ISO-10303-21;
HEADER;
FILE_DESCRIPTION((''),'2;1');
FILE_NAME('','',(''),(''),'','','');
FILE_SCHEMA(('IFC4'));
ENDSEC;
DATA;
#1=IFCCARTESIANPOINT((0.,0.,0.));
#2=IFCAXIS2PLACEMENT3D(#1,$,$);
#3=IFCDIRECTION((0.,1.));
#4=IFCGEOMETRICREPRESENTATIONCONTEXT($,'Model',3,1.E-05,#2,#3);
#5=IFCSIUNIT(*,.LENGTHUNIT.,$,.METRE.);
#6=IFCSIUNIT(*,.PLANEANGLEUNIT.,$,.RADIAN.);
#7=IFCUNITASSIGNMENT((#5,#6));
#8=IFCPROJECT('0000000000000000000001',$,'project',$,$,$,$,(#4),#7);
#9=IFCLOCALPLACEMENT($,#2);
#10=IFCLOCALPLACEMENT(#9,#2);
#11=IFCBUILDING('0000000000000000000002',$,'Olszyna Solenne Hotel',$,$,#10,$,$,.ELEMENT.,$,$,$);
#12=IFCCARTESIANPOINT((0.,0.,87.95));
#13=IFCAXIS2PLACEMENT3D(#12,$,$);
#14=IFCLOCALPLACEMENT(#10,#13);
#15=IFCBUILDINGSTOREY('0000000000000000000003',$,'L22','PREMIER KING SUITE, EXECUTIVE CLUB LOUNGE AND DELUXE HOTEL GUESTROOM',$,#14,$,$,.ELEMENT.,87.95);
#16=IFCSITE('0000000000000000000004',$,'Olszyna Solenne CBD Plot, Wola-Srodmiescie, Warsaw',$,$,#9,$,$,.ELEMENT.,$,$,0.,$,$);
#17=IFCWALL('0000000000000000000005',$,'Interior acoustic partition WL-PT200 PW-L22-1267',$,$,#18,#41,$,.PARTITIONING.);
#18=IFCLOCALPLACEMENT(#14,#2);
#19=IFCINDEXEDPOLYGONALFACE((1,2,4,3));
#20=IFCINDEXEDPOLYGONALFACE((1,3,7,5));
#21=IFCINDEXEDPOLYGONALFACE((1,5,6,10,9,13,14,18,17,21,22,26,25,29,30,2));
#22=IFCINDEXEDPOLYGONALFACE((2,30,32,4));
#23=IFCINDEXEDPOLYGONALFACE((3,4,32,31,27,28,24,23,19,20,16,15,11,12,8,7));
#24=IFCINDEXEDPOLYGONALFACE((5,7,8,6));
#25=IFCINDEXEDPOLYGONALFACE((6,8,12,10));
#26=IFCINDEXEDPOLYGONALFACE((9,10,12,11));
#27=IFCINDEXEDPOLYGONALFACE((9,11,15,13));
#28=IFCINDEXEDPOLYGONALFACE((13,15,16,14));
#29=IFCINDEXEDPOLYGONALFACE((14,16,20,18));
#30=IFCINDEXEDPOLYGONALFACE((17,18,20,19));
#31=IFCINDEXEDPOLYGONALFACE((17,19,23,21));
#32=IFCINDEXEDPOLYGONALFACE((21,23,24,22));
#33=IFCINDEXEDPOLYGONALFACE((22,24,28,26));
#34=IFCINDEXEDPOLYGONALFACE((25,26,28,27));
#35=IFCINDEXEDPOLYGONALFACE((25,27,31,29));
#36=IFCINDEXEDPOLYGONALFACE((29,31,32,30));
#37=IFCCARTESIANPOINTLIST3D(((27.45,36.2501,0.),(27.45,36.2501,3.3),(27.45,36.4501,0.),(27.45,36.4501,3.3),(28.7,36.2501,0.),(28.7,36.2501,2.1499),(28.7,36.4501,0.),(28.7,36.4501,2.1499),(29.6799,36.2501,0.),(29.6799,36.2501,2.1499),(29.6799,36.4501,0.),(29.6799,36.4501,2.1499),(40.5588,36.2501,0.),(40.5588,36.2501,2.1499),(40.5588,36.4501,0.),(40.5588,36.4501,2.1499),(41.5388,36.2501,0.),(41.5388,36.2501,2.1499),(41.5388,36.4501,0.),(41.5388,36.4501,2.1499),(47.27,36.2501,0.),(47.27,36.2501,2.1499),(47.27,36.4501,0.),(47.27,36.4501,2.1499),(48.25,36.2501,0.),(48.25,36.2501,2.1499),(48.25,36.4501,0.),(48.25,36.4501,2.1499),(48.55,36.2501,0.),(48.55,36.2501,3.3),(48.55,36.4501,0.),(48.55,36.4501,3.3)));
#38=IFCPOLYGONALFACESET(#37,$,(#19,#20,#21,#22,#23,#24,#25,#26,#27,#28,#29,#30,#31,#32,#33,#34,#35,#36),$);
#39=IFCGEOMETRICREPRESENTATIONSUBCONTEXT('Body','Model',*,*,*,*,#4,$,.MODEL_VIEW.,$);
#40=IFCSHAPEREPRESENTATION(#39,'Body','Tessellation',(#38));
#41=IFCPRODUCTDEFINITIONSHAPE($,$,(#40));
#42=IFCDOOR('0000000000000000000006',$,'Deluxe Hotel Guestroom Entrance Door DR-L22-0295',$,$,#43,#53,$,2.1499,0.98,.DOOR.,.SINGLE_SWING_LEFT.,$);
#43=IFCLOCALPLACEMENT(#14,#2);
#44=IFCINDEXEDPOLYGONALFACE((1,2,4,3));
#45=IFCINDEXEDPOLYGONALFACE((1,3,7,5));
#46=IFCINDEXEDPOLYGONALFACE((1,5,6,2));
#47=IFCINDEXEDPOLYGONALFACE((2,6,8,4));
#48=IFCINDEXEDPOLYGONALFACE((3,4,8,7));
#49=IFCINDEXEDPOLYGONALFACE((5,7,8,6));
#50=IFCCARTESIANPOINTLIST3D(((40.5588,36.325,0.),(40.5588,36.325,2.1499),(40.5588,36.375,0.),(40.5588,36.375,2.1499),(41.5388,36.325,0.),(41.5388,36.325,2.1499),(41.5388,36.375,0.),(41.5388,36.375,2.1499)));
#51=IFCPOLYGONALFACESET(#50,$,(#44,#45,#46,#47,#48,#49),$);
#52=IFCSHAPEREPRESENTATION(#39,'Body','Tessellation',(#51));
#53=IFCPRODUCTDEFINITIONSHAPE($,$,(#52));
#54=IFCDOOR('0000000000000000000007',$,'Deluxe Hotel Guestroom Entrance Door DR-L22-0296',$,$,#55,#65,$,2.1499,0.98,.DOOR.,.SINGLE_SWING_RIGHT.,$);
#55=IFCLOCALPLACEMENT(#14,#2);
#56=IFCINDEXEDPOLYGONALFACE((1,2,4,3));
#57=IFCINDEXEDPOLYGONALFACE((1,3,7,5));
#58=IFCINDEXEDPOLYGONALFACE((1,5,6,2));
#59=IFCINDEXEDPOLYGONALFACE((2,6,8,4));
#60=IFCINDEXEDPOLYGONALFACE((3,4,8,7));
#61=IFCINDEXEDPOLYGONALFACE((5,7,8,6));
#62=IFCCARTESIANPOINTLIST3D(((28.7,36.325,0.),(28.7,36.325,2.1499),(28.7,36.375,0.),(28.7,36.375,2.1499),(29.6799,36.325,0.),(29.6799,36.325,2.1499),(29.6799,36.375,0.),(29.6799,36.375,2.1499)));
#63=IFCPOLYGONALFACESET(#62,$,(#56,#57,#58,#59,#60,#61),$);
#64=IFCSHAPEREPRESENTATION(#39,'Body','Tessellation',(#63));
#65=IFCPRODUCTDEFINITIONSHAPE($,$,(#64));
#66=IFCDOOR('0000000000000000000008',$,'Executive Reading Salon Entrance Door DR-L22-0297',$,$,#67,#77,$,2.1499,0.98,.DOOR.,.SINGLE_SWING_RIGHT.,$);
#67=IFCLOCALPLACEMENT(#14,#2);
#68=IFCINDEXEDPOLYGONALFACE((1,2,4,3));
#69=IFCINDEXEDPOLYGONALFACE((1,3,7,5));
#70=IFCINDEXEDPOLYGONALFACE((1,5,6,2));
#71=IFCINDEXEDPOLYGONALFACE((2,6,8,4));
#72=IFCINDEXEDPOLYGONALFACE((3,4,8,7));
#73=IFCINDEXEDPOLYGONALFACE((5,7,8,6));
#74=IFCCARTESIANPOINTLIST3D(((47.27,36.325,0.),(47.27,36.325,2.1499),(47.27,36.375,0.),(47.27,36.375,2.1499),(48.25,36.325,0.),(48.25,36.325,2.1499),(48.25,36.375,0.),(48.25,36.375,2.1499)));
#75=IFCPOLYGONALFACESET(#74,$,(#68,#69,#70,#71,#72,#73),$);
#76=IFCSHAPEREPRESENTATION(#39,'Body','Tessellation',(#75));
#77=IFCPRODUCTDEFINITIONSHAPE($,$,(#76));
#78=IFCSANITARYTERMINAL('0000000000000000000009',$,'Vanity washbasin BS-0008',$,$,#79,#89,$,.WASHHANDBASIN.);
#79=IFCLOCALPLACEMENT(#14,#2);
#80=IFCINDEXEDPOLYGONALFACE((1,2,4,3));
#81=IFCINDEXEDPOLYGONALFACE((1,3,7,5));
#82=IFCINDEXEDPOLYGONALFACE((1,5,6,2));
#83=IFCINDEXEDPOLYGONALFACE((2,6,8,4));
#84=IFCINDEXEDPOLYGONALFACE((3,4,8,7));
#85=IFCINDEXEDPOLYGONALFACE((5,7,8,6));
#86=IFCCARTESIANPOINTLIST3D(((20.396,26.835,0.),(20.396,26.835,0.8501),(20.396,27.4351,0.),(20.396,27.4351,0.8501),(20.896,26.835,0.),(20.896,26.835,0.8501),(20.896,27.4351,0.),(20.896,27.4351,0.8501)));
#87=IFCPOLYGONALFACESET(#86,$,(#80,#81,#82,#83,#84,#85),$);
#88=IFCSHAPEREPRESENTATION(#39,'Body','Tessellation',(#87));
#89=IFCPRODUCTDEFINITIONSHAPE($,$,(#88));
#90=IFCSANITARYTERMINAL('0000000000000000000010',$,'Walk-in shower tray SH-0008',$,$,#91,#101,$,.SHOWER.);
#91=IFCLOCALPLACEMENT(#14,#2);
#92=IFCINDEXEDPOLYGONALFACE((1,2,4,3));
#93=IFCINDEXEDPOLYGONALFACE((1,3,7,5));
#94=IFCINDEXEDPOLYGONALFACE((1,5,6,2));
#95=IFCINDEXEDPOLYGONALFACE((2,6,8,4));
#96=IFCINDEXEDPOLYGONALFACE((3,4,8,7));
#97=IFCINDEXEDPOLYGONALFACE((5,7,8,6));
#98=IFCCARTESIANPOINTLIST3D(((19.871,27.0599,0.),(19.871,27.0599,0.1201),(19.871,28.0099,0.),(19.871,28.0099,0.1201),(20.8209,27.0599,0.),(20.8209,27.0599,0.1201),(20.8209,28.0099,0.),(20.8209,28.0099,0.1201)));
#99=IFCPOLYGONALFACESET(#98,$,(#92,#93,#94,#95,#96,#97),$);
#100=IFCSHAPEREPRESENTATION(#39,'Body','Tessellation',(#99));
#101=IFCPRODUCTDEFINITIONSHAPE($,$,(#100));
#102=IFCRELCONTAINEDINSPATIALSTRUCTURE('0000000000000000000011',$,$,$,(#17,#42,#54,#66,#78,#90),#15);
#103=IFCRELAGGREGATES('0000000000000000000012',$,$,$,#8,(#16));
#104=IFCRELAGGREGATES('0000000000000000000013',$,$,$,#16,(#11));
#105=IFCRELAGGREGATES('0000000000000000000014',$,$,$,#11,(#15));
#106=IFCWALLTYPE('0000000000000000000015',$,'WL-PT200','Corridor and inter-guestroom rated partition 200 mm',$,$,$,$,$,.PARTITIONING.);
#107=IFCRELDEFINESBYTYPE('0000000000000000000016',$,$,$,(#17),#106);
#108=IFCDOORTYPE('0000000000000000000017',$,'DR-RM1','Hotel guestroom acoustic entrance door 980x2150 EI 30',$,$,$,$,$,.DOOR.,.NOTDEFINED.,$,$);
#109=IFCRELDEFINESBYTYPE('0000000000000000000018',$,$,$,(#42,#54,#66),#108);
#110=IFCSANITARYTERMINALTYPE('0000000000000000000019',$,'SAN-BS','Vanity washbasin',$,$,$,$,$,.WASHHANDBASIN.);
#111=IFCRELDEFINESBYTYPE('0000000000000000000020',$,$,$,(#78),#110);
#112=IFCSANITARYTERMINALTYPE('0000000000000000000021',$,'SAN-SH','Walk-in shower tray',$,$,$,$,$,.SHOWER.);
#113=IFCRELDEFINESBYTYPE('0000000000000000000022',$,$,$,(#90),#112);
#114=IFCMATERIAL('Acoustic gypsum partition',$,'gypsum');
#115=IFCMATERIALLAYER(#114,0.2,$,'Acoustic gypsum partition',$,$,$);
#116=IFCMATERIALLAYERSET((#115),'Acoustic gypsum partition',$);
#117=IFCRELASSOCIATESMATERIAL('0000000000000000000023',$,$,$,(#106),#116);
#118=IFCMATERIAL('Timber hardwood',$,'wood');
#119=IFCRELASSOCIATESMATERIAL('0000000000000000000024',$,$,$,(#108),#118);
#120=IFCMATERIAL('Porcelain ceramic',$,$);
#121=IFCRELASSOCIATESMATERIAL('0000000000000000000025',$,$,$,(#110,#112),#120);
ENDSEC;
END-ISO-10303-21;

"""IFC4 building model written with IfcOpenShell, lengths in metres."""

from ifc_helpers import new_model, si_unit, direction, frame, frame_2d, origin, origin_2d, place, context, subcontext, project, spatial, rectangle, extrude, source, transform, mapped, material, layer, layer_set, type_object, type_shapes, element, fill, save


model = new_model("IFC4")

# Units and contexts
model_context = context("Model", 3, precision=1e-05, world=origin(), true_north=direction((0.0, 1.0)))
body_context = subcontext(model_context, "Body", "Model", "MODEL_VIEW")
ifc_project = project(units=[si_unit("LENGTHUNIT", "METRE"), si_unit("PLANEANGLEUNIT", "RADIAN")], contexts=[model_context])

# Site, building, storey
site_placement = place(None, origin())
site = spatial("IfcSite", under=ifc_project, at=site_placement, Name="Olszyna Solenne CBD Plot, Wola-Srodmiescie, Warsaw", CompositionType="ELEMENT", RefElevation=0.0)
building_placement = place(site_placement, origin())
building = spatial("IfcBuilding", under=site, at=building_placement, Name="Olszyna Solenne Hotel", CompositionType="ELEMENT")
storey_placement = place(building_placement, frame((0.0, 0.0, 87.95)))
storey = spatial("IfcBuildingStorey", under=building, at=storey_placement, Name="L22", Description="PREMIER KING SUITE, EXECUTIVE CLUB LOUNGE AND DELUXE HOTEL GUESTROOM", CompositionType="ELEMENT", Elevation=87.95)

# Shared definitions
ifc_material_1 = material(Name="Acoustic gypsum partition", Category="gypsum")
ifc_material_2 = material(Name="Timber hardwood", Category="wood")

# Shared definitions
ifc_layer_1 = layer(ifc_material_1, 0.2, Name="Acoustic gypsum partition")
ifc_layer_set_1 = layer_set([ifc_layer_1], Name="Acoustic gypsum partition")
wall_type_1 = type_object("IfcWallType", Name="WL-PT200", Description="Corridor and inter-guestroom rated partition 200 mm", PredefinedType="PARTITIONING", material=ifc_layer_set_1)

# Wall, openings, doors
wall_1_placement = place(storey_placement, frame((27.45, 36.3501, 0.0), z_axis=(0.0, 0.0, 1.0), x_axis=(1.0, 0.0, 0.0)))
wall_1 = element("IfcWall", 1, at=wall_1_placement, inside=storey, type_object=wall_type_1, Name="Interior acoustic partition WL-PT200 PW-L22-1267", PredefinedType="PARTITIONING", context=body_context, shape_type="SweptSolid", body=[
    extrude(rectangle(XDim=21.1001, YDim=0.2, at=frame_2d((10.55, 0.0))), origin(), (0.0, 0.0, 1.0), 3.3),
])
opening_1_placement = place(wall_1_placement, frame((13.1089, 0.0, 0.0)))
opening_1 = element("IfcOpeningElement", 2, at=opening_1_placement, cuts=wall_1, PredefinedType="OPENING", context=body_context, shape_type="SweptSolid", body=[
    extrude(rectangle(XDim=0.98, YDim=2.1499, at=frame_2d((0.49, 1.075))), frame((0.0, 0.1099, 0.0), z_axis=(0.0, -1.0, 0.0), x_axis=(1.0, 0.0, 0.0)), (0.0, 0.0, 1.0), 0.22),
])
opening_2_placement = place(wall_1_placement, frame((1.25, 0.0, 0.0)))
opening_2 = element("IfcOpeningElement", 3, at=opening_2_placement, cuts=wall_1, PredefinedType="OPENING", context=body_context, shape_type="SweptSolid", body=[
    extrude(rectangle(XDim=0.98, YDim=2.1499, at=frame_2d((0.49, 1.075))), frame((0.0, 0.1099, 0.0), z_axis=(0.0, -1.0, 0.0), x_axis=(1.0, 0.0, 0.0)), (0.0, 0.0, 1.0), 0.22),
])
opening_3_placement = place(wall_1_placement, frame((19.8201, 0.0, 0.0)))
opening_3 = element("IfcOpeningElement", 4, at=opening_3_placement, cuts=wall_1, PredefinedType="OPENING", context=body_context, shape_type="SweptSolid", body=[
    extrude(rectangle(XDim=0.98, YDim=2.1499, at=frame_2d((0.49, 1.075))), frame((0.0, 0.1099, 0.0), z_axis=(0.0, -1.0, 0.0), x_axis=(1.0, 0.0, 0.0)), (0.0, 0.0, 1.0), 0.22),
])
door_type_1 = type_object("IfcDoorType", Name="DR-RM1", Description="Hotel guestroom acoustic entrance door 980x2150 EI 30", OperationType="NOTDEFINED", PredefinedType="DOOR", material=ifc_material_2)
shared_shape_1 = source(origin(), body_context, "Body", "SweptSolid", [
    extrude(rectangle(XDim=0.98, YDim=2.1499, at=frame_2d((0.49, 1.075))), frame((0.0, 0.0249, 0.0), z_axis=(0.0, -1.0, 0.0), x_axis=(1.0, 0.0, 0.0)), (0.0, 0.0, 1.0), 0.05),
])
type_shapes(door_type_1, [shared_shape_1])
door_1_placement = place(opening_1_placement, origin())
door_1 = element("IfcDoor", 5, at=door_1_placement, inside=storey, type_object=door_type_1, Name="Deluxe Hotel Guestroom Entrance Door DR-L22-0295", OperationType="SINGLE_SWING_LEFT", OverallHeight=2.1499, OverallWidth=0.98, PredefinedType="DOOR", context=body_context, shape_type="MappedRepresentation", body=[
    mapped(shared_shape_1, transform((0.0, 0.0, 0.0), x_axis=(1.0, 0.0, 0.0), y_axis=(0.0, 1.0, 0.0), z_axis=(0.0, 0.0, 1.0), scale=1.0)),
])
fill(opening_1, door_1)
door_2_placement = place(opening_2_placement, origin())
door_2 = element("IfcDoor", 6, at=door_2_placement, inside=storey, type_object=door_type_1, Name="Deluxe Hotel Guestroom Entrance Door DR-L22-0296", OperationType="SINGLE_SWING_RIGHT", OverallHeight=2.1499, OverallWidth=0.98, PredefinedType="DOOR", context=body_context, shape_type="MappedRepresentation", body=[
    mapped(shared_shape_1, transform((0.0, 0.0, 0.0), x_axis=(1.0, 0.0, 0.0), y_axis=(0.0, 1.0, 0.0), z_axis=(0.0, 0.0, 1.0), scale=1.0)),
])
fill(opening_2, door_2)
door_3_placement = place(opening_3_placement, origin())
door_3 = element("IfcDoor", 7, at=door_3_placement, inside=storey, type_object=door_type_1, Name="Executive Reading Salon Entrance Door DR-L22-0297", OperationType="SINGLE_SWING_RIGHT", OverallHeight=2.1499, OverallWidth=0.98, PredefinedType="DOOR", context=body_context, shape_type="MappedRepresentation", body=[
    mapped(shared_shape_1, transform((0.0, 0.0, 0.0), x_axis=(1.0, 0.0, 0.0), y_axis=(0.0, 1.0, 0.0), z_axis=(0.0, 0.0, 1.0), scale=1.0)),
])
fill(opening_3, door_3)

# Sanitary terminals
ifc_material_3 = material(Name="Porcelain ceramic")
sanitary_terminal_type_1 = type_object("IfcSanitaryTerminalType", Name="SAN-BS", Description="Vanity washbasin", PredefinedType="WASHHANDBASIN", material=ifc_material_3)
shared_shape_2 = source(origin(), body_context, "Body", "SweptSolid", [
    extrude(rectangle(XDim=0.5, YDim=0.6001, at=origin_2d()), origin(), (0.0, 0.0, 1.0), 0.8501),
])
sanitary_terminal_1_placement = place(storey_placement, frame((20.646, 27.135, 0.0), z_axis=(0.0, 0.0, 1.0), x_axis=(1.0, 0.0, 0.0)))
element("IfcSanitaryTerminal", 8, at=sanitary_terminal_1_placement, inside=storey, type_object=sanitary_terminal_type_1, Name="Vanity washbasin BS-0008", PredefinedType="WASHHANDBASIN", context=body_context, shape_type="MappedRepresentation", body=[
    mapped(shared_shape_2, transform((0.0, 0.0, 0.0), x_axis=(1.0, 0.0, 0.0), y_axis=(0.0, 1.0, 0.0), z_axis=(0.0, 0.0, 1.0), scale=1.0)),
])
sanitary_terminal_type_2 = type_object("IfcSanitaryTerminalType", Name="SAN-SH", Description="Walk-in shower tray", PredefinedType="SHOWER", material=ifc_material_3)
shared_shape_3 = source(origin(), body_context, "Body", "SweptSolid", [
    extrude(rectangle(XDim=0.95, YDim=0.95, at=origin_2d()), origin(), (0.0, 0.0, 1.0), 0.1201),
])
sanitary_terminal_2_placement = place(storey_placement, frame((20.3459, 27.5349, 0.0), z_axis=(0.0, 0.0, 1.0), x_axis=(1.0, 0.0, 0.0)))
element("IfcSanitaryTerminal", 9, at=sanitary_terminal_2_placement, inside=storey, type_object=sanitary_terminal_type_2, Name="Walk-in shower tray SH-0008", PredefinedType="SHOWER", context=body_context, shape_type="MappedRepresentation", body=[
    mapped(shared_shape_3, transform((0.0, 0.0, 0.0), x_axis=(1.0, 0.0, 0.0), y_axis=(0.0, 1.0, 0.0), z_axis=(0.0, 0.0, 1.0), scale=1.0)),
])

save(model, "model.ifc")
